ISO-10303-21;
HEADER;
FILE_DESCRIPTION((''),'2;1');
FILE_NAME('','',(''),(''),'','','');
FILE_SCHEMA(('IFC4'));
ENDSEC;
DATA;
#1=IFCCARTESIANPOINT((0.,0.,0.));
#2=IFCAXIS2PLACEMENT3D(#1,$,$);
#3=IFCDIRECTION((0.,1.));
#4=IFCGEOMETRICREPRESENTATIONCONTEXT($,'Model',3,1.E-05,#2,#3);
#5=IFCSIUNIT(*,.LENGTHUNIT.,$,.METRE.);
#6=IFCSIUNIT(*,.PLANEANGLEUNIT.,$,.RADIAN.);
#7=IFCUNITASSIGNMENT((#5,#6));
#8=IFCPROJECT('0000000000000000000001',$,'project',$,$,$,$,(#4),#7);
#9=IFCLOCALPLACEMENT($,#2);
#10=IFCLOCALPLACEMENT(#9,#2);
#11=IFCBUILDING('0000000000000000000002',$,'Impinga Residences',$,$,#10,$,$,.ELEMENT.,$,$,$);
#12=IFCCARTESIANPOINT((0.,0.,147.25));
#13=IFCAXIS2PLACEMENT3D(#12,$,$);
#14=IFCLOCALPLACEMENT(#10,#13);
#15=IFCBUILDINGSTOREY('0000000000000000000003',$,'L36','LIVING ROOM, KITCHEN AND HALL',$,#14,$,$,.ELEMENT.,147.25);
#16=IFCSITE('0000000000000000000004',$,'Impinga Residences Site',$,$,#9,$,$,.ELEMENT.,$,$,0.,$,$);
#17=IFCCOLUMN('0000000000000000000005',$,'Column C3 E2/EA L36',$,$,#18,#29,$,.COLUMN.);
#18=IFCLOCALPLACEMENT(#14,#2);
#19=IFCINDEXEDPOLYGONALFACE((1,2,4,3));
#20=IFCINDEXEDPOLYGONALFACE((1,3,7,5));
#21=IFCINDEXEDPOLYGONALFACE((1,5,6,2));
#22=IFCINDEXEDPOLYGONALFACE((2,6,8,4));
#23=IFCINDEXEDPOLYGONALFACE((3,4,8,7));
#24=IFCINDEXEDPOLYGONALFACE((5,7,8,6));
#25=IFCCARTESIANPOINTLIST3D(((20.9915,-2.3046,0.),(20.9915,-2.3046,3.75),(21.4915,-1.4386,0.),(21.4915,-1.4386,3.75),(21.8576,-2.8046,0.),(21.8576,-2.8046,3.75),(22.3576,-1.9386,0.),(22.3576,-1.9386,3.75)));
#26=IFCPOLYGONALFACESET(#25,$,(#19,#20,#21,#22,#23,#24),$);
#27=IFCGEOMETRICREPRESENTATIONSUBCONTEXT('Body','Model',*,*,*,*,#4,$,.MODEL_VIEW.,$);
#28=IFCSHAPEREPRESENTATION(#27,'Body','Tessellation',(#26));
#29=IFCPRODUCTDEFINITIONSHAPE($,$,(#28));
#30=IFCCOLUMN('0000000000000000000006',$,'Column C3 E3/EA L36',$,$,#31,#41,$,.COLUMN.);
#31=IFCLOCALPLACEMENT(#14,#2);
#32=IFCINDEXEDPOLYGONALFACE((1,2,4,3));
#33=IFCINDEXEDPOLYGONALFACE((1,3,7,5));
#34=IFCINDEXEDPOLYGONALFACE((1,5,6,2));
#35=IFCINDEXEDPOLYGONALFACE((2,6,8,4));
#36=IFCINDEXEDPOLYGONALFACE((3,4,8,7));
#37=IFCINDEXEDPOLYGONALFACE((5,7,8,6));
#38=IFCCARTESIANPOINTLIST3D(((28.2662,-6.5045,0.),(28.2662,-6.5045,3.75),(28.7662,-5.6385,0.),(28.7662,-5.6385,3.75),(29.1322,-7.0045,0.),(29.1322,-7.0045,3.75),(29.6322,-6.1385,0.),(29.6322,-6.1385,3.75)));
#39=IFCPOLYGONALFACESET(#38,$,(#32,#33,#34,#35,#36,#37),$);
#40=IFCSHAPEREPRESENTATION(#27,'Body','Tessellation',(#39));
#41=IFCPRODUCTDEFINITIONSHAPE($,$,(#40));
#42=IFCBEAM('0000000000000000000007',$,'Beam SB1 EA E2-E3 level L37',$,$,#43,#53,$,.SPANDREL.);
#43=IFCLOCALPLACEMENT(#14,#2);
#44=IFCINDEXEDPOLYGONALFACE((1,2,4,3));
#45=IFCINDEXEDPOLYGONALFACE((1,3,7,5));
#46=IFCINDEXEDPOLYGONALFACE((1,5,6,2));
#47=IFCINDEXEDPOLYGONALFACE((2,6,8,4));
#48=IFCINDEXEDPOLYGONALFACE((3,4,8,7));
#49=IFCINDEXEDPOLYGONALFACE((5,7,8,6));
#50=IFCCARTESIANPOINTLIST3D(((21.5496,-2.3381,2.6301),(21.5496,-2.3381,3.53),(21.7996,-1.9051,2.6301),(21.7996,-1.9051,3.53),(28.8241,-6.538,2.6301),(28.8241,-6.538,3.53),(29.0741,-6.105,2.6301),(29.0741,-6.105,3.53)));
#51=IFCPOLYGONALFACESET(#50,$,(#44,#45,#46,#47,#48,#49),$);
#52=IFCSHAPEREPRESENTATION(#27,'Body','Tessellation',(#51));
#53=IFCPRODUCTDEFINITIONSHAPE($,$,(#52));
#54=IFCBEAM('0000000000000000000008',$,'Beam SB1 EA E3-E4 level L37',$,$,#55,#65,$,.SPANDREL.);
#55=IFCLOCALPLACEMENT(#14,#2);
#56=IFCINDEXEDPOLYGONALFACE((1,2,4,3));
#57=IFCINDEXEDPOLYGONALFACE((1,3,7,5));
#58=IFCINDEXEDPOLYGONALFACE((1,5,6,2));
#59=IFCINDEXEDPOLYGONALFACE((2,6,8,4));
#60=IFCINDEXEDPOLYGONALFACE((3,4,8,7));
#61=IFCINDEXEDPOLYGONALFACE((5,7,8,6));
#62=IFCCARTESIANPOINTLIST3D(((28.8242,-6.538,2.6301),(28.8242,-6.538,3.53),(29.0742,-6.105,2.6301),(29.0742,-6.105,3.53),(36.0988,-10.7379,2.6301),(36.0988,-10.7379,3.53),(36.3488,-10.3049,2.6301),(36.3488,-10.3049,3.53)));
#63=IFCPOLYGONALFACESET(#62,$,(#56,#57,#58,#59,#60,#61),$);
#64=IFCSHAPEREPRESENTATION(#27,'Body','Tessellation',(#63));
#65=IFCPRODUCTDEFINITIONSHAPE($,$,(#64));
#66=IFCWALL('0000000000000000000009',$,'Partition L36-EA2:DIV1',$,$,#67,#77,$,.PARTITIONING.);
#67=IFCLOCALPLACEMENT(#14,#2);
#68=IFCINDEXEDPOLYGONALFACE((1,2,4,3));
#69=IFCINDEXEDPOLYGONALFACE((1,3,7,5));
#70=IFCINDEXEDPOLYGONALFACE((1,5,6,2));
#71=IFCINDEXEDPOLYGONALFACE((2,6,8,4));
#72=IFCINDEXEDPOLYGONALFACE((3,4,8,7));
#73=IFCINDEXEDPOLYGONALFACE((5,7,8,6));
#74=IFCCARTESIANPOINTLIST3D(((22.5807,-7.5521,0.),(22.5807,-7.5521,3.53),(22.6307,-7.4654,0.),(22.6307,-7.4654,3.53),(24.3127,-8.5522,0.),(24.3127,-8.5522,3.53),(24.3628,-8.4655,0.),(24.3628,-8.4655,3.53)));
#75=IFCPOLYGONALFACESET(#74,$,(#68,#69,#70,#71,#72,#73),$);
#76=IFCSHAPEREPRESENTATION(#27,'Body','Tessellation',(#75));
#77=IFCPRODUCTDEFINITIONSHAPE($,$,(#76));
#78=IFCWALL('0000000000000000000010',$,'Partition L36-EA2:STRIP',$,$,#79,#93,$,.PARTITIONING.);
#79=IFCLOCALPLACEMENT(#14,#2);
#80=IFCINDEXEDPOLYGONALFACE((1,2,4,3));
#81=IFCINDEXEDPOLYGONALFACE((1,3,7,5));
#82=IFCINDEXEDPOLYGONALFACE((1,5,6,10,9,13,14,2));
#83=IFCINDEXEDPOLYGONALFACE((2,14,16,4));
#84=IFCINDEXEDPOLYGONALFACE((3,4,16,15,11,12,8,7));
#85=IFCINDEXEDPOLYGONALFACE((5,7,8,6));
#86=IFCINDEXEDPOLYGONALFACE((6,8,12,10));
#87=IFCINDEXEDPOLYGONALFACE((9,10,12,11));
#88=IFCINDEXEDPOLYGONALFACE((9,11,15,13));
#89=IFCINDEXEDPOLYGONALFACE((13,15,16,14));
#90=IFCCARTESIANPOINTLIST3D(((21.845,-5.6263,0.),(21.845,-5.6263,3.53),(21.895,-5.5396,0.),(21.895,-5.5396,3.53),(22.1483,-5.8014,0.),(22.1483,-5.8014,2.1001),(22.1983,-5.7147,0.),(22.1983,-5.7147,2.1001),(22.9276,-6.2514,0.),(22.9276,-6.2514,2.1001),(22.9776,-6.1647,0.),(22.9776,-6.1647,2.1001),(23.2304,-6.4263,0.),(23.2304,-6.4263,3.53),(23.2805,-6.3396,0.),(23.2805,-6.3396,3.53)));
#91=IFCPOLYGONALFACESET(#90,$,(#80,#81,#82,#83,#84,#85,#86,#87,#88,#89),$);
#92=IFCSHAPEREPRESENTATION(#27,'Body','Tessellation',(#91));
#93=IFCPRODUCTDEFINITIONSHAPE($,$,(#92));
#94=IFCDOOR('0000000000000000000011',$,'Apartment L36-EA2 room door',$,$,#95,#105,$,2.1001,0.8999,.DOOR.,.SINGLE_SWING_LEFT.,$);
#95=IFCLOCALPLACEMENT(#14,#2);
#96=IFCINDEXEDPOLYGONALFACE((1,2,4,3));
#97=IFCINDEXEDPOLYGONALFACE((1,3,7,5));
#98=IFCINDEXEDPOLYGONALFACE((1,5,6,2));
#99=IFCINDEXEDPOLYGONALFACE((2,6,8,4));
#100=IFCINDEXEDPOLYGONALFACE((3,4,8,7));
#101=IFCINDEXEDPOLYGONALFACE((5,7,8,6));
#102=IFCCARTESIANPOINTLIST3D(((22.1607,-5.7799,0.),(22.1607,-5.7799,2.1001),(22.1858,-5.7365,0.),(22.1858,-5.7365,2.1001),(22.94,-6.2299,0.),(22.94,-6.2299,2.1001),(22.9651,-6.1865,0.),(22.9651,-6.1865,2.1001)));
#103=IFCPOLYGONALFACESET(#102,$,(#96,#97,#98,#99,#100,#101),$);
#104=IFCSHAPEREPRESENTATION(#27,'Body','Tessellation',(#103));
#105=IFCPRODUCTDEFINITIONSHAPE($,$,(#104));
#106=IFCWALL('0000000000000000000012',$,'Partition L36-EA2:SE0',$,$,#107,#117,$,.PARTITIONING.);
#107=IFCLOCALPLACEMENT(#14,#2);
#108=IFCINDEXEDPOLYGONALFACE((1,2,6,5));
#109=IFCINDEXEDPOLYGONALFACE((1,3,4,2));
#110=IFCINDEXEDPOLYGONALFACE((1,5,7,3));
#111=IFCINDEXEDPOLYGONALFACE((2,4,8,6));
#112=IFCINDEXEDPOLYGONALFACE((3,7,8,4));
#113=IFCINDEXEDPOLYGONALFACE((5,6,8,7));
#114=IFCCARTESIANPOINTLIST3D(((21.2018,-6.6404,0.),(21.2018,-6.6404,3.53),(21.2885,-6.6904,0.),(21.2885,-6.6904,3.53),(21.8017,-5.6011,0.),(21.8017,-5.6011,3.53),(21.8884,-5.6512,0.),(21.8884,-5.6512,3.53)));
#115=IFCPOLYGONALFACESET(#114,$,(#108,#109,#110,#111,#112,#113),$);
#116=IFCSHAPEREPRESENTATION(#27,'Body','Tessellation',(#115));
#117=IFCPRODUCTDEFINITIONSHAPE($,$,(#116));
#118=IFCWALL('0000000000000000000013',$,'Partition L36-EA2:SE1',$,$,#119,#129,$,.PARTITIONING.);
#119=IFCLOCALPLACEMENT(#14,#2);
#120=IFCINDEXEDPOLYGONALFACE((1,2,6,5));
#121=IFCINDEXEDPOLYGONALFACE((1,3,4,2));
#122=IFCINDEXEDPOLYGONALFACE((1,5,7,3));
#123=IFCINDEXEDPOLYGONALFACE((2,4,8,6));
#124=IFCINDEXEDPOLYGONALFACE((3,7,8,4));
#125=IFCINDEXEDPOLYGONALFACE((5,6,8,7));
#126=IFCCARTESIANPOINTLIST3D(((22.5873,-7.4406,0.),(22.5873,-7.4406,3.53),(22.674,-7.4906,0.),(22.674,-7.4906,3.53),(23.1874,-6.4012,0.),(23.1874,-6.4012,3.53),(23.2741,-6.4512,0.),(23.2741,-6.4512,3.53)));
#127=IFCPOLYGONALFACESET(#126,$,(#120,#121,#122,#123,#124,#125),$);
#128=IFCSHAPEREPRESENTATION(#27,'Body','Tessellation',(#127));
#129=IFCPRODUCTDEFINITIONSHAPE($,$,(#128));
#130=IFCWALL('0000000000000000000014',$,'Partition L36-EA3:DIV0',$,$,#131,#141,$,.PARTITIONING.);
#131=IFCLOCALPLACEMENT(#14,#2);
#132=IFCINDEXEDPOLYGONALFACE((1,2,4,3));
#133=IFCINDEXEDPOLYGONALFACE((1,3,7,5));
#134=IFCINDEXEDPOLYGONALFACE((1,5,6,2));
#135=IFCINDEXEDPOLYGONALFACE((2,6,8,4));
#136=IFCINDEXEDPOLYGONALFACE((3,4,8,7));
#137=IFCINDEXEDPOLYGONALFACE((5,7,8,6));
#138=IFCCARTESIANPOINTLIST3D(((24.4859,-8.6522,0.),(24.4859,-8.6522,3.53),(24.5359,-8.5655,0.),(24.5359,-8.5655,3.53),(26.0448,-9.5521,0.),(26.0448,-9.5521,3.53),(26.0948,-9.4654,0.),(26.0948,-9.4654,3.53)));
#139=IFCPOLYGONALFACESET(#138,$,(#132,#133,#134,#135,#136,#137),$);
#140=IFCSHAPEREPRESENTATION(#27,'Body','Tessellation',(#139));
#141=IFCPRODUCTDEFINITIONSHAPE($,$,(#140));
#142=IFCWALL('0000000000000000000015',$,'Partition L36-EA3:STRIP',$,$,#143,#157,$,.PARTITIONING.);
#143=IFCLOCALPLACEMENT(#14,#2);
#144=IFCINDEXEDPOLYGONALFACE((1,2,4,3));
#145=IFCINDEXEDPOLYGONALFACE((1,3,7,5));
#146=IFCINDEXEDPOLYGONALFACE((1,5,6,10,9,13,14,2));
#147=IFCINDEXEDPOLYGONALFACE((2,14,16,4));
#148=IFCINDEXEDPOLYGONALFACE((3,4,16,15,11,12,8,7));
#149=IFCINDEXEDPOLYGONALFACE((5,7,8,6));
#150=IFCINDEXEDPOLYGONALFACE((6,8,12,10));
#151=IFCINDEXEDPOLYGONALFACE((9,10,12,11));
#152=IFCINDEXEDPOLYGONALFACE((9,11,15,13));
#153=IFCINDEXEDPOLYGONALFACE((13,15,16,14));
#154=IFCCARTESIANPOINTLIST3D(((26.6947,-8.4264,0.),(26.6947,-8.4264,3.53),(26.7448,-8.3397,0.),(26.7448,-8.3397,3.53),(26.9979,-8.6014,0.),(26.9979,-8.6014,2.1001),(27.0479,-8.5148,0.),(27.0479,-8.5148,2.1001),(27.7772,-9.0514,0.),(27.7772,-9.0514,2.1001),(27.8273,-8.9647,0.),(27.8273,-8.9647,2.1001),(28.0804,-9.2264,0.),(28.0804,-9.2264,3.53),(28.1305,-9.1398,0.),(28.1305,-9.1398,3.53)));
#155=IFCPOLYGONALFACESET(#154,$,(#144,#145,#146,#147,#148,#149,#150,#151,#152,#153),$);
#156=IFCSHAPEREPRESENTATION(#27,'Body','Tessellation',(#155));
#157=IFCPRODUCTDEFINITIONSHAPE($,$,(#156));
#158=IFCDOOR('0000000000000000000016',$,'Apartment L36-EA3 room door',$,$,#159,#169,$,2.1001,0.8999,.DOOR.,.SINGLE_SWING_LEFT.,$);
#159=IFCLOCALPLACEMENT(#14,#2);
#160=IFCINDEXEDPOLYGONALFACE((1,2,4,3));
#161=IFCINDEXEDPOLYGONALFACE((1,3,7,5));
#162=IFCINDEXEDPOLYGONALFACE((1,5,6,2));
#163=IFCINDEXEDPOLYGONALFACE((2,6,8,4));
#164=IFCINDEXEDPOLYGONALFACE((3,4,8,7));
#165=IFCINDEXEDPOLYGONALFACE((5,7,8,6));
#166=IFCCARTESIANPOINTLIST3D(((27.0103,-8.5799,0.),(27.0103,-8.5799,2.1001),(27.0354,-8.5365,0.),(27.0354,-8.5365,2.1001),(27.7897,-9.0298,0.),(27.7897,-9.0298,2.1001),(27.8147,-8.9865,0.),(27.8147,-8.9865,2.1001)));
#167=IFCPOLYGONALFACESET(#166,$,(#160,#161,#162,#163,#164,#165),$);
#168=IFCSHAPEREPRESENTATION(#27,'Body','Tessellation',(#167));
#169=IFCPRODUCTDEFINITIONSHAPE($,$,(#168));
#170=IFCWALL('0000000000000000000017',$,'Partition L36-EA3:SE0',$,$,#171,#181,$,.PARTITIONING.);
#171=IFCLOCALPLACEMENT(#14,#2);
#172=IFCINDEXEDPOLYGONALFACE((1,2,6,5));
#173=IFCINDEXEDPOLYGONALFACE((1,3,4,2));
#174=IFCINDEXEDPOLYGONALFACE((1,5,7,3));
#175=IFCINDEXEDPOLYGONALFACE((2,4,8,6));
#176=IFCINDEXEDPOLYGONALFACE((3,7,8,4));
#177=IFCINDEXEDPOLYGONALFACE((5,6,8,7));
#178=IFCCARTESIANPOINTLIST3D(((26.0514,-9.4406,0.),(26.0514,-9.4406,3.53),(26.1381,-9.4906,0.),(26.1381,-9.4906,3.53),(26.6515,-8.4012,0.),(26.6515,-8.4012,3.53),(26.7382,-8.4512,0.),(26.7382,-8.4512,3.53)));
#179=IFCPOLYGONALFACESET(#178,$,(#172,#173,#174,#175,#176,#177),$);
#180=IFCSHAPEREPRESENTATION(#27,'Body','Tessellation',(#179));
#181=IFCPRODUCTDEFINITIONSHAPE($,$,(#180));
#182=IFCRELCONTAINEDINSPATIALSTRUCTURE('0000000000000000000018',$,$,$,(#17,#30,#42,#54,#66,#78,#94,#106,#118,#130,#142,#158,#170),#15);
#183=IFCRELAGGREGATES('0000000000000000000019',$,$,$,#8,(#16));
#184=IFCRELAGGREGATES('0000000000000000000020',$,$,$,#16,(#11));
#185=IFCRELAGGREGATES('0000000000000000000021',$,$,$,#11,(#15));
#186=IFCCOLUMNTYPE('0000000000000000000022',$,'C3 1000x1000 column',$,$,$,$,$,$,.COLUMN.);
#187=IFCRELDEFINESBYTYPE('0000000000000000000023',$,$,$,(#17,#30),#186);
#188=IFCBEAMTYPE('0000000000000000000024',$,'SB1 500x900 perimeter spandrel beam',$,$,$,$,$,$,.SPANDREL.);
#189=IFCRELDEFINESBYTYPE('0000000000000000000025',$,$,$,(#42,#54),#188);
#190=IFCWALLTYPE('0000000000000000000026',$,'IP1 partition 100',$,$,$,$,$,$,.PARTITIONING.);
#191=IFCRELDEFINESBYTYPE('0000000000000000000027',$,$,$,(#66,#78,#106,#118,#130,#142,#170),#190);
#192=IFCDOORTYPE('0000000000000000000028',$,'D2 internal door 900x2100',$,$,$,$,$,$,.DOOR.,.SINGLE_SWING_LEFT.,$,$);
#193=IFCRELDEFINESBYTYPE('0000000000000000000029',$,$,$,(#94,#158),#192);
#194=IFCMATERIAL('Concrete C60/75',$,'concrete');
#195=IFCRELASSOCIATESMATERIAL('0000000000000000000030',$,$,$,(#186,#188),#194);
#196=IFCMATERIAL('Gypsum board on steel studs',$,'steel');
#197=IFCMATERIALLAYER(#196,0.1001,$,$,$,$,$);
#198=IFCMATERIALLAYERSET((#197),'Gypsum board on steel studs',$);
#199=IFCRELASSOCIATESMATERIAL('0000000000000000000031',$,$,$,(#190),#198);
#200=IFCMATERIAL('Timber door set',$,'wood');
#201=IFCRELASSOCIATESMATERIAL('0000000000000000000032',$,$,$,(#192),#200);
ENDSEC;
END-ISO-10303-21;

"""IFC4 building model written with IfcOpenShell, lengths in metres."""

from ifc_helpers import new_model, si_unit, direction, frame, frame_2d, origin, origin_2d, place, context, subcontext, project, spatial, rectangle, extrude, material, layer, layer_set, material_profile, profile_set, type_object, element, fill, save


model = new_model("IFC4")

# Units and contexts
model_context = context("Model", 3, precision=1e-05, world=origin(), true_north=direction((0.0, 1.0)))
body_context = subcontext(model_context, "Body", "Model", "MODEL_VIEW")
ifc_project = project(units=[si_unit("LENGTHUNIT", "METRE"), si_unit("PLANEANGLEUNIT", "RADIAN")], contexts=[model_context])

# Site, building, storey
site_placement = place(None, origin())
site = spatial("IfcSite", under=ifc_project, at=site_placement, Name="Impinga Residences Site", CompositionType="ELEMENT", RefElevation=0.0)
building_placement = place(site_placement, origin())
building = spatial("IfcBuilding", under=site, at=building_placement, Name="Impinga Residences", CompositionType="ELEMENT")
storey_placement = place(building_placement, frame((0.0, 0.0, 147.25)))
storey = spatial("IfcBuildingStorey", under=building, at=storey_placement, Name="L36", Description="LIVING ROOM, KITCHEN AND HALL", CompositionType="ELEMENT", Elevation=147.25)

# Columns
ifc_material_1 = material(Name="Concrete C60/75", Category="concrete")
ifc_material_profile_1 = material_profile(ifc_material_1, rectangle(XDim=1.0, YDim=1.0, at=origin_2d()), Name="RC 1000x1000")
ifc_profile_set_1 = profile_set([ifc_material_profile_1], Name="Concrete C60/75")
column_type = type_object("IfcColumnType", Name="C3 1000x1000 column", PredefinedType="COLUMN", material=ifc_profile_set_1)
for number, where, z_axis, x_axis, name in (
    (1, (21.6746, -2.1216, 0.0), (0.0, 0.0, 1.0), (-0.5, -0.866025, 0.0), "Column C3 E2/EA L36"),
    (2, (28.9492, -6.3215, 0.0), (0.0, 0.0, 1.0), (-0.5, -0.866025, 0.0), "Column C3 E3/EA L36"),
):
    element("IfcColumn", number, at=place(storey_placement, frame(where, z_axis=z_axis, x_axis=x_axis)), inside=storey, type_object=column_type, Name=name, PredefinedType="COLUMN", context=body_context, shape_type="SweptSolid", body=[
        extrude(rectangle(XDim=1.0, YDim=1.0, at=origin_2d()), origin(), (0.0, 0.0, 1.0), 3.75),
    ])

# Beams
ifc_material_profile_2 = material_profile(ifc_material_1, rectangle(XDim=0.5, YDim=0.8999, at=origin_2d()), Name="RC 500x900")
ifc_profile_set_2 = profile_set([ifc_material_profile_2], Name="Concrete C60/75")
beam_type = type_object("IfcBeamType", Name="SB1 500x900 perimeter spandrel beam", PredefinedType="SPANDREL", material=ifc_profile_set_2)
for number, where, z_axis, x_axis, name in (
    (3, (21.6746, -2.1216, 3.0801), (0.866029, -0.499993, 0.0), (0.499993, 0.866029, 0.0), "Beam SB1 EA E2-E3 level L37"),
    (4, (28.9492, -6.3215, 3.0801), (0.866029, -0.499993, 0.0), (0.499993, 0.866029, 0.0), "Beam SB1 EA E3-E4 level L37"),
):
    element("IfcBeam", number, at=place(storey_placement, frame(where, z_axis=z_axis, x_axis=x_axis)), inside=storey, type_object=beam_type, Name=name, PredefinedType="SPANDREL", context=body_context, shape_type="SweptSolid", body=[
        extrude(rectangle(XDim=0.5, YDim=0.8999, at=origin_2d()), origin(), (0.0, 0.0, 1.0), 8.3999),
    ])

# Wall
ifc_material_2 = material(Name="Gypsum board on steel studs", Category="steel")
ifc_layer_1 = layer(ifc_material_2, 0.1001)
ifc_layer_set_1 = layer_set([ifc_layer_1], Name="Gypsum board on steel studs")
wall_type_1 = type_object("IfcWallType", Name="IP1 partition 100", PredefinedType="PARTITIONING", material=ifc_layer_set_1)
wall_1_placement = place(storey_placement, frame((22.6057, -7.5088, 0.0), z_axis=(0.0, 0.0, 1.0), x_axis=(0.866011, -0.500025, 0.0)))
element("IfcWall", 5, at=wall_1_placement, inside=storey, type_object=wall_type_1, Name="Partition L36-EA2:DIV1", PredefinedType="PARTITIONING", context=body_context, shape_type="SweptSolid", body=[
    extrude(rectangle(XDim=2.0, YDim=0.1001, at=frame_2d((1.0, 0.0))), origin(), (0.0, 0.0, 1.0), 3.53),
])

# Wall, opening, door
wall_2_placement = place(storey_placement, frame((21.8701, -5.583, 0.0), z_axis=(0.0, 0.0, 1.0), x_axis=(0.86599, -0.500061, 0.0)))
wall_2 = element("IfcWall", 6, at=wall_2_placement, inside=storey, type_object=wall_type_1, Name="Partition L36-EA2:STRIP", PredefinedType="PARTITIONING", context=body_context, shape_type="SweptSolid", body=[
    extrude(rectangle(XDim=1.5999, YDim=0.1001, at=frame_2d((0.7998, 0.0))), origin(), (0.0, 0.0, 1.0), 3.53),
])
opening_1_placement = place(wall_2_placement, frame((0.3501, 0.0, 0.0)))
opening_1 = element("IfcOpeningElement", 7, at=opening_1_placement, cuts=wall_2, PredefinedType="OPENING", context=body_context, shape_type="SweptSolid", body=[
    extrude(rectangle(XDim=0.8999, YDim=2.1001, at=frame_2d((0.45, 1.05))), frame((0.0, 0.0601, 0.0), z_axis=(0.0, -1.0, 0.0), x_axis=(1.0, 0.0, 0.0)), (0.0, 0.0, 1.0), 0.1201),
])
ifc_material_3 = material(Name="Timber door set", Category="wood")
door_type = type_object("IfcDoorType", Name="D2 internal door 900x2100", OperationType="SINGLE_SWING_LEFT", PredefinedType="DOOR", material=ifc_material_3)
door_1_placement = place(opening_1_placement, origin())
door_1 = element("IfcDoor", 8, at=door_1_placement, inside=storey, type_object=door_type, Name="Apartment L36-EA2 room door", OperationType="SINGLE_SWING_LEFT", OverallHeight=2.1001, OverallWidth=0.8999, PredefinedType="DOOR", context=body_context, shape_type="SweptSolid", body=[
    extrude(rectangle(XDim=0.8999, YDim=2.1001, at=frame_2d((0.45, 1.05))), frame((0.0, 0.0249, 0.0), z_axis=(0.0, -1.0, 0.0), x_axis=(1.0, 0.0, 0.0)), (0.0, 0.0, 1.0), 0.05),
])
fill(opening_1, door_1)

# Walls
wall_3_placement = place(storey_placement, frame((21.2451, -6.6655, 0.0), z_axis=(0.0, 0.0, 1.0), x_axis=(0.499881, 0.866094, 0.0)))
element("IfcWall", 9, at=wall_3_placement, inside=storey, type_object=wall_type_1, Name="Partition L36-EA2:SE0", PredefinedType="PARTITIONING", context=body_context, shape_type="SweptSolid", body=[
    extrude(rectangle(XDim=1.2, YDim=0.1001, at=frame_2d((0.6001, 0.0))), origin(), (0.0, 0.0, 1.0), 3.53),
])
wall_4_placement = place(storey_placement, frame((22.6306, -7.4656, 0.0), z_axis=(0.0, 0.0, 1.0), x_axis=(0.500034, 0.866006, 0.0)))
element("IfcWall", 10, at=wall_4_placement, inside=storey, type_object=wall_type_1, Name="Partition L36-EA2:SE1", PredefinedType="PARTITIONING", context=body_context, shape_type="SweptSolid", body=[
    extrude(rectangle(XDim=1.2002, YDim=0.1001, at=frame_2d((0.6001, 0.0))), origin(), (0.0, 0.0, 1.0), 3.53),
])
wall_5_placement = place(storey_placement, frame((24.511, -8.6089, 0.0), z_axis=(0.0, 0.0, 1.0), x_axis=(0.866048, -0.499961, 0.0)))
element("IfcWall", 11, at=wall_5_placement, inside=storey, type_object=wall_type_1, Name="Partition L36-EA3:DIV0", PredefinedType="PARTITIONING", context=body_context, shape_type="SweptSolid", body=[
    extrude(rectangle(XDim=1.8, YDim=0.1001, at=frame_2d((0.8999, 0.0))), origin(), (0.0, 0.0, 1.0), 3.53),
])

# Wall, opening, door
wall_6_placement = place(storey_placement, frame((26.7197, -8.3831, 0.0), z_axis=(0.0, 0.0, 1.0), x_axis=(0.866028, -0.499995, 0.0)))
wall_6 = element("IfcWall", 12, at=wall_6_placement, inside=storey, type_object=wall_type_1, Name="Partition L36-EA3:STRIP", PredefinedType="PARTITIONING", context=body_context, shape_type="SweptSolid", body=[
    extrude(rectangle(XDim=1.6001, YDim=0.1001, at=frame_2d((0.8, 0.0))), origin(), (0.0, 0.0, 1.0), 3.53),
])
opening_2_placement = place(wall_6_placement, frame((0.3501, 0.0, 0.0)))
opening_2 = element("IfcOpeningElement", 13, at=opening_2_placement, cuts=wall_6, PredefinedType="OPENING", context=body_context, shape_type="SweptSolid", body=[
    extrude(rectangle(XDim=0.8999, YDim=2.1001, at=frame_2d((0.45, 1.05))), frame((0.0, 0.0601, 0.0), z_axis=(0.0, -1.0, 0.0), x_axis=(1.0, 0.0, 0.0)), (0.0, 0.0, 1.0), 0.1201),
])
door_2_placement = place(opening_2_placement, origin())
door_2 = element("IfcDoor", 14, at=door_2_placement, inside=storey, type_object=door_type, Name="Apartment L36-EA3 room door", OperationType="SINGLE_SWING_LEFT", OverallHeight=2.1001, OverallWidth=0.8999, PredefinedType="DOOR", context=body_context, shape_type="SweptSolid", body=[
    extrude(rectangle(XDim=0.8999, YDim=2.1001, at=frame_2d((0.45, 1.05))), frame((0.0, 0.0249, 0.0), z_axis=(0.0, -1.0, 0.0), x_axis=(1.0, 0.0, 0.0)), (0.0, 0.0, 1.0), 0.05),
])
fill(opening_2, door_2)

# Wall
wall_7_placement = place(storey_placement, frame((26.0947, -9.4656, 0.0), z_axis=(0.0, 0.0, 1.0), x_axis=(0.500034, 0.866006, 0.0)))
element("IfcWall", 15, at=wall_7_placement, inside=storey, type_object=wall_type_1, Name="Partition L36-EA3:SE0", PredefinedType="PARTITIONING", context=body_context, shape_type="SweptSolid", body=[
    extrude(rectangle(XDim=1.2002, YDim=0.1001, at=frame_2d((0.6001, 0.0))), origin(), (0.0, 0.0, 1.0), 3.53),
])

save(model, "model.ifc")
